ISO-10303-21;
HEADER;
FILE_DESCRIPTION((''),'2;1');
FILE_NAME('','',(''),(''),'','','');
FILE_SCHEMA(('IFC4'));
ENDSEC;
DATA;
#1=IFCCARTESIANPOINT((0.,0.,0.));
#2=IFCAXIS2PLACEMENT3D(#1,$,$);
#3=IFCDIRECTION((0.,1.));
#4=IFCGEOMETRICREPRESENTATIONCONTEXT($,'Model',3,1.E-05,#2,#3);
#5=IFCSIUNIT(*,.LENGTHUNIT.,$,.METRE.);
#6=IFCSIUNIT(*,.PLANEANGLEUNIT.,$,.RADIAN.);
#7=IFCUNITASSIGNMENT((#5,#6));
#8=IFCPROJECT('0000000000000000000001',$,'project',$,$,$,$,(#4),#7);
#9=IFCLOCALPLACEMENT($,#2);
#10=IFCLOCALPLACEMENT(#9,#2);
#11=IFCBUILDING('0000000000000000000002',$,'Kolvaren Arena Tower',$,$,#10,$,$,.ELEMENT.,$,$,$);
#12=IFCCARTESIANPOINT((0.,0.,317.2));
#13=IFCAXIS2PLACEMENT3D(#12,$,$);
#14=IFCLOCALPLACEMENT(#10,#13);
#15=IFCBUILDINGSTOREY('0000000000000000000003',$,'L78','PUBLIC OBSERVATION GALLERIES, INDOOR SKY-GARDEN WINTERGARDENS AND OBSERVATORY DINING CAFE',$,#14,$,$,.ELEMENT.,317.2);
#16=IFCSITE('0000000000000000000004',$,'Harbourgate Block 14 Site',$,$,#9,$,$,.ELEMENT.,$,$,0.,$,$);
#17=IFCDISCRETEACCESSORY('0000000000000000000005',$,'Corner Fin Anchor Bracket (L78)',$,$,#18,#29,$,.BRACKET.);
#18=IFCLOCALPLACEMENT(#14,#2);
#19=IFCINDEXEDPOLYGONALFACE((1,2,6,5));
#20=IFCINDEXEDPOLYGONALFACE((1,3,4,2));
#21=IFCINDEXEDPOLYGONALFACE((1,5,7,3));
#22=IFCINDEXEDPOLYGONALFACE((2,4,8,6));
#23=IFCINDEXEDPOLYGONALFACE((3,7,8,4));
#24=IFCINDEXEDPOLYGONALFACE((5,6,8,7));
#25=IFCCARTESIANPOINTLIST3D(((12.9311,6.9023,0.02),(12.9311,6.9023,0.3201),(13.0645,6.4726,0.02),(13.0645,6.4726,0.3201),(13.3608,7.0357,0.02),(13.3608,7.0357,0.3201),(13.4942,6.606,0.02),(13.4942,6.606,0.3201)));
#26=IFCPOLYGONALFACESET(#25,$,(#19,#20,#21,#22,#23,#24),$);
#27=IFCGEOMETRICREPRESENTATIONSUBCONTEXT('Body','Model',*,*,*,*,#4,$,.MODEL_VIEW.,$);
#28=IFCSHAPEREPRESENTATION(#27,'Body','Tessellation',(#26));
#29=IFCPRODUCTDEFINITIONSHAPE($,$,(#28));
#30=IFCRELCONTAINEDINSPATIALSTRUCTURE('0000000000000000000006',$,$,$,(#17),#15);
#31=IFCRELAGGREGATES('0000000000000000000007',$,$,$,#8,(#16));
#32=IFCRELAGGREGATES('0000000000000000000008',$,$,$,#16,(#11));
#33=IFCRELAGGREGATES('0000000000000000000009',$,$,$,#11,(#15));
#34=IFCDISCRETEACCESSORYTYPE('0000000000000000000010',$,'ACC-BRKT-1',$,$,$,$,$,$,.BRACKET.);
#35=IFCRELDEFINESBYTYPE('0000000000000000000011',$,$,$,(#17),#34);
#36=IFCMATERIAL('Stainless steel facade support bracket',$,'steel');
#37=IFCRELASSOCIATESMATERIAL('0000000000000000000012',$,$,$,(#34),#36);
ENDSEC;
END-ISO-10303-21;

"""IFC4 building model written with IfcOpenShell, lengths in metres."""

from ifc_helpers import new_model, si_unit, direction, frame, origin, origin_2d, place, context, subcontext, project, spatial, rectangle, extrude, material, type_object, element, save


model = new_model("IFC4")

# Units and contexts
model_context = context("Model", 3, precision=1e-05, world=origin(), true_north=direction((0.0, 1.0)))
body_context = subcontext(model_context, "Body", "Model", "MODEL_VIEW")
ifc_project = project(units=[si_unit("LENGTHUNIT", "METRE"), si_unit("PLANEANGLEUNIT", "RADIAN")], contexts=[model_context])

# Site, building, storey
site_placement = place(None, origin())
site = spatial("IfcSite", under=ifc_project, at=site_placement, Name="Harbourgate Block 14 Site", CompositionType="ELEMENT", RefElevation=0.0)
building_placement = place(site_placement, origin())
building = spatial("IfcBuilding", under=site, at=building_placement, Name="Kolvaren Arena Tower", CompositionType="ELEMENT")
storey_placement = place(building_placement, frame((0.0, 0.0, 317.2)))
storey = spatial("IfcBuildingStorey", under=building, at=storey_placement, Name="L78", Description="PUBLIC OBSERVATION GALLERIES, INDOOR SKY-GARDEN WINTERGARDENS AND OBSERVATORY DINING CAFE", CompositionType="ELEMENT", Elevation=317.2)

# Discrete accessory
ifc_material_1 = material(Name="Stainless steel facade support bracket", Category="steel")
discrete_accessory_type = type_object("IfcDiscreteAccessoryType", Name="ACC-BRKT-1", PredefinedType="BRACKET", material=ifc_material_1)
for number, where, z_axis, x_axis, name in (
    (1, (13.2126, 6.7542, 0.02), (0.0, 0.0, 1.0), (0.296542, -0.95502, 0.0), "Corner Fin Anchor Bracket (L78)"),
):
    element("IfcDiscreteAccessory", number, at=place(storey_placement, frame(where, z_axis=z_axis, x_axis=x_axis)), inside=storey, type_object=discrete_accessory_type, Name=name, PredefinedType="BRACKET", context=body_context, shape_type="SweptSolid", body=[
        extrude(rectangle(XDim=0.45, YDim=0.45, at=origin_2d()), origin(), (0.0, 0.0, 1.0), 0.3),
    ])

save(model, "model.ifc")
